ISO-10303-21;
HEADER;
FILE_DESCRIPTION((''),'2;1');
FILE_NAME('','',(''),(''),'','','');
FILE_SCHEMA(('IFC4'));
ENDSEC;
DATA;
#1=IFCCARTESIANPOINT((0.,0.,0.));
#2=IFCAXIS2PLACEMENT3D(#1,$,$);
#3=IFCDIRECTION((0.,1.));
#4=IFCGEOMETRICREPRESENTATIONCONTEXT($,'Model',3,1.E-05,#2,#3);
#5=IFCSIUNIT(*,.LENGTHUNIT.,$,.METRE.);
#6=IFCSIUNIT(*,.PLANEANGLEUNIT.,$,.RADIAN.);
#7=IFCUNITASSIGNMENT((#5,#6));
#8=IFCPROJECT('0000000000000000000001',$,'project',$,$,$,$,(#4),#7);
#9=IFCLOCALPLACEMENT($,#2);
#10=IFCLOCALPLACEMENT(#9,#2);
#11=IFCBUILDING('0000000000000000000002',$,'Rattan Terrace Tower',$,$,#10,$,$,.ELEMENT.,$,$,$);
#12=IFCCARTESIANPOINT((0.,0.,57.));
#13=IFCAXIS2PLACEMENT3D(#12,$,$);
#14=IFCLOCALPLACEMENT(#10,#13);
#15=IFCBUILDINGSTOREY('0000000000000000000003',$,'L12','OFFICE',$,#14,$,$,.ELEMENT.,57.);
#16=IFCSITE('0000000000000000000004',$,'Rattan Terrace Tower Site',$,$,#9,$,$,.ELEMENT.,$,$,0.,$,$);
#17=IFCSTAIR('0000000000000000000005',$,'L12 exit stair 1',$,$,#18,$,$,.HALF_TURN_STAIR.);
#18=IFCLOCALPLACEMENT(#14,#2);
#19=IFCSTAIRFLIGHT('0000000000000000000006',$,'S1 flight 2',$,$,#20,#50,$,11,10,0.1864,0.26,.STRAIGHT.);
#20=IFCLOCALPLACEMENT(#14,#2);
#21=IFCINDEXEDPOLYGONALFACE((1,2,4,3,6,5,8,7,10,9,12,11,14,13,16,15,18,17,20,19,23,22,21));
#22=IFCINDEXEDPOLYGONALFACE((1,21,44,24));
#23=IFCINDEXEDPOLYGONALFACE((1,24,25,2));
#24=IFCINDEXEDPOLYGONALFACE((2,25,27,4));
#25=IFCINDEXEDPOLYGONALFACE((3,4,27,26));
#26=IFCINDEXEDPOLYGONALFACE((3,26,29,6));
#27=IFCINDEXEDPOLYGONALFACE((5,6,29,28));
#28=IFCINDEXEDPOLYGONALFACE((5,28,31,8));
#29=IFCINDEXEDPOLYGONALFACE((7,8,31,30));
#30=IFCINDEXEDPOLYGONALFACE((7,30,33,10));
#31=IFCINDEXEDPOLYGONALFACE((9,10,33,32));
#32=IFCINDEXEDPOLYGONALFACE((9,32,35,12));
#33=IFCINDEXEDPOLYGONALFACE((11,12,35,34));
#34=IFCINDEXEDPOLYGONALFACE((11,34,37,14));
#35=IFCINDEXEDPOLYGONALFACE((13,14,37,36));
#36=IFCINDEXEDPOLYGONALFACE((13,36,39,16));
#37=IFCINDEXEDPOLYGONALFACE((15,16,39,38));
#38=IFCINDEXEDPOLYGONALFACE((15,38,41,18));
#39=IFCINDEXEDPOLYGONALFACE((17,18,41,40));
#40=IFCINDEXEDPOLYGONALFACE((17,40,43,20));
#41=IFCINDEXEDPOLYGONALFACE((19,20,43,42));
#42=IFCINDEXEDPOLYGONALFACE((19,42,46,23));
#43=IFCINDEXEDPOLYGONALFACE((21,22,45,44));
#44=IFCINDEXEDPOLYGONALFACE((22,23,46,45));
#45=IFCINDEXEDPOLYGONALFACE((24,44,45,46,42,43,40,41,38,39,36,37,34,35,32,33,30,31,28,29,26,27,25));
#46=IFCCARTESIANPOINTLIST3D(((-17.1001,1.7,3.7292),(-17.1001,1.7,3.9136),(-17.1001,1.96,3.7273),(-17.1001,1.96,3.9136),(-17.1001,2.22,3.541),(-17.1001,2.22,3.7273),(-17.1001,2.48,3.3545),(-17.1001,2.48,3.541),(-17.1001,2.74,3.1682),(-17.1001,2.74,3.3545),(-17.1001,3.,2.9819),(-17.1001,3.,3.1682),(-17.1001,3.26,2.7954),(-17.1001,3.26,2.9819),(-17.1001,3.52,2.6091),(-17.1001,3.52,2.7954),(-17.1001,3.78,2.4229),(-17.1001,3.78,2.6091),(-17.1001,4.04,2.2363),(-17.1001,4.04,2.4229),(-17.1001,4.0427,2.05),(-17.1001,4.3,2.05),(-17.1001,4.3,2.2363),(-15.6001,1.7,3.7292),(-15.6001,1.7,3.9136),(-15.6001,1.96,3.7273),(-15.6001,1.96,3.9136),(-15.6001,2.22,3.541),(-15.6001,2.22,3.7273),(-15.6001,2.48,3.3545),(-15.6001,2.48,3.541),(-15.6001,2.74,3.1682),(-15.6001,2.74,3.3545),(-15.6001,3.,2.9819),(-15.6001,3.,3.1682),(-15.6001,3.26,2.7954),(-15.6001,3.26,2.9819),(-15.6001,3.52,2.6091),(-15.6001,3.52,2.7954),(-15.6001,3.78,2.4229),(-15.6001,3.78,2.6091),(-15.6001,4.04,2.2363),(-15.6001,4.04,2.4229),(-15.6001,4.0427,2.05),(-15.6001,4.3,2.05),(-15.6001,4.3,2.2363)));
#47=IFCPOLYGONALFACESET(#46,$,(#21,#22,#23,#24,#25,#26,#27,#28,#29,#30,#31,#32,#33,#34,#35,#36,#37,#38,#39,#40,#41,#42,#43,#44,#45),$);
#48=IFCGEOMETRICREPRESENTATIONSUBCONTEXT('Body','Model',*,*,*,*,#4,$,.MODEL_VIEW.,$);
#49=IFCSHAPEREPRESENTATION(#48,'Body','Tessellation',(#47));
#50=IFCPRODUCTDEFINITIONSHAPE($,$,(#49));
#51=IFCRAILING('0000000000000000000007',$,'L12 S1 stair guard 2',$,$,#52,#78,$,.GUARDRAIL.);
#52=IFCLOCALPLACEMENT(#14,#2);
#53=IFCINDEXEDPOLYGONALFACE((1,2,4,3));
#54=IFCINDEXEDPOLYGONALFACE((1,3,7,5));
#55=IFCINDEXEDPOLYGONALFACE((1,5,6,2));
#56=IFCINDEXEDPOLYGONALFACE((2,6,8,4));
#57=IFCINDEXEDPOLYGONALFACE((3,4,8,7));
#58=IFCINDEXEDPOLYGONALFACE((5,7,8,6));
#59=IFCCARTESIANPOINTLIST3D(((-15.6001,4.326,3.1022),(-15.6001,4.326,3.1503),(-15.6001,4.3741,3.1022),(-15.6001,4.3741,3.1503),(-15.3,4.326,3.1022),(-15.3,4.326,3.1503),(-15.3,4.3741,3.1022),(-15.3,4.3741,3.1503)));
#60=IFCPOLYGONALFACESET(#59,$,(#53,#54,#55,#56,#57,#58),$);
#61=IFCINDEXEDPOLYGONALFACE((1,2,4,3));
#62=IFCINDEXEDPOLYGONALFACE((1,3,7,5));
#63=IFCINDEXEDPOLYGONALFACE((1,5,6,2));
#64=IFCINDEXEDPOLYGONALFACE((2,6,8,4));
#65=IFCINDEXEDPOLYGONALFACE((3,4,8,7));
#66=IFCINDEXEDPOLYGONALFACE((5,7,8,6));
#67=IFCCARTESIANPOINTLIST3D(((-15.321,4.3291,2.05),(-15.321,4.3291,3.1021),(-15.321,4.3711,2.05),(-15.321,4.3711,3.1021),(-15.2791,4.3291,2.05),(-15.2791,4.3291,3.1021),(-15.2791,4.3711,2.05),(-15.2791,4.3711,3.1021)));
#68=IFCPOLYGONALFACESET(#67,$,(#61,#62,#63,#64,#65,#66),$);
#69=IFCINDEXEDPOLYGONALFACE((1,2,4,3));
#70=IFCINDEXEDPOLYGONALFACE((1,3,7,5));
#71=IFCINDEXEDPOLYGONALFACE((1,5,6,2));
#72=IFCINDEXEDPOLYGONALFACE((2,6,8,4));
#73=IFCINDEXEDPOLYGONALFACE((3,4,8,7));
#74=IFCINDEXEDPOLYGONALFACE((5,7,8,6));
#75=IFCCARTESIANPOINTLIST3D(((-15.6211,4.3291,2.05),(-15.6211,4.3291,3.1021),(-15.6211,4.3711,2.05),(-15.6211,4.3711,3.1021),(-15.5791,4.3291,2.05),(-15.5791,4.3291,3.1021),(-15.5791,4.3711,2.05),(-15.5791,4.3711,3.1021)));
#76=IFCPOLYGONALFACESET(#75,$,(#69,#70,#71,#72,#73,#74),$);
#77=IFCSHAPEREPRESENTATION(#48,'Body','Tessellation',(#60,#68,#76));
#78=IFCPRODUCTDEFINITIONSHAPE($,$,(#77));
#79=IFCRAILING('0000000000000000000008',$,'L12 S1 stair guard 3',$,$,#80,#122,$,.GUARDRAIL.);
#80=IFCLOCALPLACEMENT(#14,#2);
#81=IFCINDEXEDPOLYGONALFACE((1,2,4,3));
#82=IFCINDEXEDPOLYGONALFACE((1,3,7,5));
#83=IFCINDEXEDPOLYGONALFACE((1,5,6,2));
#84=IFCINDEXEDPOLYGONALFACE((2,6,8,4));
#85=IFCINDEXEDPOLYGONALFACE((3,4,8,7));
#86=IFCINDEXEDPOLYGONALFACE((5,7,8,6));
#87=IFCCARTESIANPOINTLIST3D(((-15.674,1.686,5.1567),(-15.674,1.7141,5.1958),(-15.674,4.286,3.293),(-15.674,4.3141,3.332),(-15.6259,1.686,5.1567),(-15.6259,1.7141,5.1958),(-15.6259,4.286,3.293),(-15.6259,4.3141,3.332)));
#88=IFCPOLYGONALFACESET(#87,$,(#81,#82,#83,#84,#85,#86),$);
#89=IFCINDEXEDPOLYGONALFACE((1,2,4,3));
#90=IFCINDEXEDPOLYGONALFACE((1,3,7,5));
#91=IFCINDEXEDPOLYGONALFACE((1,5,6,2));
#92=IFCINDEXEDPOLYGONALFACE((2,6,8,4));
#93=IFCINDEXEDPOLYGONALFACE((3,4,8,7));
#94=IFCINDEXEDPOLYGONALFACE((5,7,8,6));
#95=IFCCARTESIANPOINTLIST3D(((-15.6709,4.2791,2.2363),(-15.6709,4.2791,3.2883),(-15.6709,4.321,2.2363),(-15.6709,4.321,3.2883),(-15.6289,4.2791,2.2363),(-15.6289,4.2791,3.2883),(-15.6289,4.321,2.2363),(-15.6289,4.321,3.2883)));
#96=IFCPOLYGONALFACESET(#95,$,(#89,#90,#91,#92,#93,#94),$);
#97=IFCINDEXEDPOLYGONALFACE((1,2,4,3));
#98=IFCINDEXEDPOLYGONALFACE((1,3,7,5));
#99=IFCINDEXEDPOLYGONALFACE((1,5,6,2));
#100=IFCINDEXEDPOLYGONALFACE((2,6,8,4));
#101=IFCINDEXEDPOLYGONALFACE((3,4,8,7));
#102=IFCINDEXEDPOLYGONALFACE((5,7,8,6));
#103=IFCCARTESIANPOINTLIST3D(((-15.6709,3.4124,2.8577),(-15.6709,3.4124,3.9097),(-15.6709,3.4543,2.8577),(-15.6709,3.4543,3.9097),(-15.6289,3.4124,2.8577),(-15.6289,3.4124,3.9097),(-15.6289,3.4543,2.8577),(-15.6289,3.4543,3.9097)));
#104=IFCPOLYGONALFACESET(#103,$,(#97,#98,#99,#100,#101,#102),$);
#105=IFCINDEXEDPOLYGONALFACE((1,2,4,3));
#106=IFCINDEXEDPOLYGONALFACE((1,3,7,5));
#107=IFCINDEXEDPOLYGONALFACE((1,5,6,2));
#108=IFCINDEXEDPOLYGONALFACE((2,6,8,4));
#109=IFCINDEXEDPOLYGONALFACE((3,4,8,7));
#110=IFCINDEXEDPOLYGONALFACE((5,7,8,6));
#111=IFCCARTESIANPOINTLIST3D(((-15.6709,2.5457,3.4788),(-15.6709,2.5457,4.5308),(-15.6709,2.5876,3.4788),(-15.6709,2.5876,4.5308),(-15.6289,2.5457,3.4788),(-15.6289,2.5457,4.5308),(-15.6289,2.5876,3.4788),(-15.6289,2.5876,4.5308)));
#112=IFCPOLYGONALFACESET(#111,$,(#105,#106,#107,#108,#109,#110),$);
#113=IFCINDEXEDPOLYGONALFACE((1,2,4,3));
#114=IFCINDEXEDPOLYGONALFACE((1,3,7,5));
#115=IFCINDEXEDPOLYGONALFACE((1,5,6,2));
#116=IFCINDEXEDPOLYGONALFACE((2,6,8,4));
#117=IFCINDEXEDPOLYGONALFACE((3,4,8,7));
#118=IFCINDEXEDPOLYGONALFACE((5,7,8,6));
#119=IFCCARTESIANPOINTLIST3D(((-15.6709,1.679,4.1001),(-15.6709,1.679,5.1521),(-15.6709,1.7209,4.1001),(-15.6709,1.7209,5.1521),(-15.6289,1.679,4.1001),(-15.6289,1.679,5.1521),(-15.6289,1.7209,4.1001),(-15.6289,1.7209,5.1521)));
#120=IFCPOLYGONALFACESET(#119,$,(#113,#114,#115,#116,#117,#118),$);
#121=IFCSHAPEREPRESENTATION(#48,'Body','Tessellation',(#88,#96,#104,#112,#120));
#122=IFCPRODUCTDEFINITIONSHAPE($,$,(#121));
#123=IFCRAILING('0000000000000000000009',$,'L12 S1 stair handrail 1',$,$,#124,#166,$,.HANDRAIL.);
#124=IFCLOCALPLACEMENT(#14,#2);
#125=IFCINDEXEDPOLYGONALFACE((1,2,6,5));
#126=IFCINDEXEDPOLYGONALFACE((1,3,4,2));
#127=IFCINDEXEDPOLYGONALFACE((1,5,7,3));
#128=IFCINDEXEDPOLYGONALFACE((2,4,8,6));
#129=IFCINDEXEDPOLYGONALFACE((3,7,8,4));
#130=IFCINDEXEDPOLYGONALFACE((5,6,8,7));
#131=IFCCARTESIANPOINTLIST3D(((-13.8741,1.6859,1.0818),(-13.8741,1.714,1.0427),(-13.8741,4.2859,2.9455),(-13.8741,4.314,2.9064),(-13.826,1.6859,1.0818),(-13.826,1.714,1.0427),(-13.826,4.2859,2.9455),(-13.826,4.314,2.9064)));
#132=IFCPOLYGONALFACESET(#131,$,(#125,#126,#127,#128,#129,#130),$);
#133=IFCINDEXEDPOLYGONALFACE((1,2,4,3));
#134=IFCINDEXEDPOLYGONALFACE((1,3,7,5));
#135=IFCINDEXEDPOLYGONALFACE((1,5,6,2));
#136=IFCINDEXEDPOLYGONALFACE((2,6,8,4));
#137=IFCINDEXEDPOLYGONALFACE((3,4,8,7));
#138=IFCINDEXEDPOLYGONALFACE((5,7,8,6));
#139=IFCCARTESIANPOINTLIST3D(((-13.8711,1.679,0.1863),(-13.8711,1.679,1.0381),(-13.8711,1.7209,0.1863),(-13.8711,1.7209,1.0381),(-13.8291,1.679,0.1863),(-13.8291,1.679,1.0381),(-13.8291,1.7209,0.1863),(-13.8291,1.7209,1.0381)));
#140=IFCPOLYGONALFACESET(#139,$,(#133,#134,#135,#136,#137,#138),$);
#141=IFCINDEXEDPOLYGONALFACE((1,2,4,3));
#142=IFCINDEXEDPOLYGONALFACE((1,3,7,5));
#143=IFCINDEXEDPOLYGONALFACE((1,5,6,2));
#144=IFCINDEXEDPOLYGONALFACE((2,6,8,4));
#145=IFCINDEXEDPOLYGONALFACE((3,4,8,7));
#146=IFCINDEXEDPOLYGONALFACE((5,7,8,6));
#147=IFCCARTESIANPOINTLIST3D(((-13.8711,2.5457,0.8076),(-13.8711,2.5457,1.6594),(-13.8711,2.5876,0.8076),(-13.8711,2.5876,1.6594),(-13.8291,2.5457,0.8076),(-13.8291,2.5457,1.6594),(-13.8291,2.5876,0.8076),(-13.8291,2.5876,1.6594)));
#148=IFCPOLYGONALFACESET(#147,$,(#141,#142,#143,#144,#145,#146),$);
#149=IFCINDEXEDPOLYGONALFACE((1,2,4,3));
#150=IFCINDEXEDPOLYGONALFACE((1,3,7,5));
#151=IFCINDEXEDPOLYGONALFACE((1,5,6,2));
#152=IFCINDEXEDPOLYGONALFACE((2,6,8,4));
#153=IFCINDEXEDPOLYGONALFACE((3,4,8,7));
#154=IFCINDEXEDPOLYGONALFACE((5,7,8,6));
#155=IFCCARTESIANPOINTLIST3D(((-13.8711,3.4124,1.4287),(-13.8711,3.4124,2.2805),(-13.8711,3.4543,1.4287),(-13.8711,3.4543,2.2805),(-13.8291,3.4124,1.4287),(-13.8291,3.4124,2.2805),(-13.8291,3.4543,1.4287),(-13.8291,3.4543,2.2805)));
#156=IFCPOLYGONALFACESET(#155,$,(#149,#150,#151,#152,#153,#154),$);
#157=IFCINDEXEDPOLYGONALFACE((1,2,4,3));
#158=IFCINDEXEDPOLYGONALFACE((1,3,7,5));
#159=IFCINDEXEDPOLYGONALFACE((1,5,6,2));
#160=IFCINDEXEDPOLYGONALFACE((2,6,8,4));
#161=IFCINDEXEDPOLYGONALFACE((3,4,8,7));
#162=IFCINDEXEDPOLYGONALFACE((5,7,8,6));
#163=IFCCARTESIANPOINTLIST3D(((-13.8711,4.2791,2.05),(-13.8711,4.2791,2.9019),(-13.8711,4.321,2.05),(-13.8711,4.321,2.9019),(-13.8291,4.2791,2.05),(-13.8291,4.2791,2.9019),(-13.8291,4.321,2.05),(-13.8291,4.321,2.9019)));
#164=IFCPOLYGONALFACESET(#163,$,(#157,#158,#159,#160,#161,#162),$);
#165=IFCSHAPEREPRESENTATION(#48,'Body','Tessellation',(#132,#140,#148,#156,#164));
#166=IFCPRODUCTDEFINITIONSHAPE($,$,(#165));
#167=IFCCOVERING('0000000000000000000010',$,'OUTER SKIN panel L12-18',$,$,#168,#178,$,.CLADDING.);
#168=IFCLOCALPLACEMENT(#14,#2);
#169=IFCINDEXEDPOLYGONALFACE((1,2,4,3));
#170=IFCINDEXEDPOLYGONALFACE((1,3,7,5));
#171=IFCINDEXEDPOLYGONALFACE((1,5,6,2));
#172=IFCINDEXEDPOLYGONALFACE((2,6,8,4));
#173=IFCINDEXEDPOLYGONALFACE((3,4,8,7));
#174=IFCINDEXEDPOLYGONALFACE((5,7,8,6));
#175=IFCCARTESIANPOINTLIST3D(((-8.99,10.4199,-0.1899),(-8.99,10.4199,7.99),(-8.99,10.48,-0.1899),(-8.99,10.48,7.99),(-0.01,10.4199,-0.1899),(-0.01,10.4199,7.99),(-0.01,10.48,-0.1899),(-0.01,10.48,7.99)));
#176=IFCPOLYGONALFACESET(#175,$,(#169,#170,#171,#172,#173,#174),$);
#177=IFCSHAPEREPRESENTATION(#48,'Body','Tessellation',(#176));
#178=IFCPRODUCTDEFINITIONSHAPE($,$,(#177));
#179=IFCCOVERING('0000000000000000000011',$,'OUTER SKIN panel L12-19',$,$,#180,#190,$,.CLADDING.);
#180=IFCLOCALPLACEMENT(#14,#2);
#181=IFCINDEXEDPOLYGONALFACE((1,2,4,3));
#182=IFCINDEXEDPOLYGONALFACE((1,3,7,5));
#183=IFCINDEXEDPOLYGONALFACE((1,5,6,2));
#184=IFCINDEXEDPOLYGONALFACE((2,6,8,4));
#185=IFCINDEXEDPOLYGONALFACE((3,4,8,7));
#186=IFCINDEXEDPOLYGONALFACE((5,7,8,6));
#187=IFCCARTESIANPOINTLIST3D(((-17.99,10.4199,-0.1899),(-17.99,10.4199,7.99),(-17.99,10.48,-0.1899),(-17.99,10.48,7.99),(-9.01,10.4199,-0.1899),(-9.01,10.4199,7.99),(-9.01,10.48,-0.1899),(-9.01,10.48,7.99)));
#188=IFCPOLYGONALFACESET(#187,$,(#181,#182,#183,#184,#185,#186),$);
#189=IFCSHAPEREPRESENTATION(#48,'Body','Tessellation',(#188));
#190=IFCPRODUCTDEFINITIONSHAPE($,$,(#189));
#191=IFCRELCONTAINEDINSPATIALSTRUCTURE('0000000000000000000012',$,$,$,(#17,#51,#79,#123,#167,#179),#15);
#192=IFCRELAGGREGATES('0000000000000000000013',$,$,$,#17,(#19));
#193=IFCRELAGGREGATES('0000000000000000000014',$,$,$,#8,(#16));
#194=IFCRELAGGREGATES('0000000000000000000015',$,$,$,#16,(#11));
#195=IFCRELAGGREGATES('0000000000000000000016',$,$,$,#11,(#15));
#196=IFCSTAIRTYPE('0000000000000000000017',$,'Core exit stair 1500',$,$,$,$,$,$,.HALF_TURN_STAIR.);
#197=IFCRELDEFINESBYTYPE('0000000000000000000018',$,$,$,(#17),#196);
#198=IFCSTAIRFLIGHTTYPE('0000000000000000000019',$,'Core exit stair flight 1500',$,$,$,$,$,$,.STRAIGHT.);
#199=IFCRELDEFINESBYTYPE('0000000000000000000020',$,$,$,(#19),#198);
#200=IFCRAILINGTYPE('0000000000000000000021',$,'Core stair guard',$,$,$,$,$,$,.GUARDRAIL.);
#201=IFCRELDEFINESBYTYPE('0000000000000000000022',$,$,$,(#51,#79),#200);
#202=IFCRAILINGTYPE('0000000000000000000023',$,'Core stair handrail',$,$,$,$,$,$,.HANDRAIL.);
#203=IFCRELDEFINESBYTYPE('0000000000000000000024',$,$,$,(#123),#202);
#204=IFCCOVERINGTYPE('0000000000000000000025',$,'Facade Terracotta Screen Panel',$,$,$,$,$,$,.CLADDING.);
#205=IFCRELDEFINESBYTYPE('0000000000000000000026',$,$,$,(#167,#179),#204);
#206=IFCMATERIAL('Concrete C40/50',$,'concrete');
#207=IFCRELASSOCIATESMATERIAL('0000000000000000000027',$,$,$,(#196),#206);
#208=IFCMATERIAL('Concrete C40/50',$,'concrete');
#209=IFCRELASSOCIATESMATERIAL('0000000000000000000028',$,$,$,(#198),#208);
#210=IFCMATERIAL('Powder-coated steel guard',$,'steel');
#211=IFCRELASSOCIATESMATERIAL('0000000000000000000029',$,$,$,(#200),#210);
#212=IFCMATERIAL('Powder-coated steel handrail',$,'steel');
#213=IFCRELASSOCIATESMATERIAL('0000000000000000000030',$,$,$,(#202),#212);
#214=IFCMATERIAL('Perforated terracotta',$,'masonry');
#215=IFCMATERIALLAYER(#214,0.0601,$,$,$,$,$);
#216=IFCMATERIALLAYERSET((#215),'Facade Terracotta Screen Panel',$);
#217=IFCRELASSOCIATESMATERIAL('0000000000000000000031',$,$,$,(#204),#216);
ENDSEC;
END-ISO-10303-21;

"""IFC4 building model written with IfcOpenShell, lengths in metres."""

from ifc_helpers import new_model, si_unit, direction, frame, origin, origin_2d, place, context, subcontext, project, spatial, polyline, rectangle, outline, extrude, material, layer, layer_set, type_object, element, aggregate, save


model = new_model("IFC4")

# Units and contexts
model_context = context("Model", 3, precision=1e-05, world=origin(), true_north=direction((0.0, 1.0)))
body_context = subcontext(model_context, "Body", "Model", "MODEL_VIEW")
ifc_project = project(units=[si_unit("LENGTHUNIT", "METRE"), si_unit("PLANEANGLEUNIT", "RADIAN")], contexts=[model_context])

# Site, building, storey
site_placement = place(None, origin())
site = spatial("IfcSite", under=ifc_project, at=site_placement, Name="Rattan Terrace Tower Site", CompositionType="ELEMENT", RefElevation=0.0)
building_placement = place(site_placement, origin())
building = spatial("IfcBuilding", under=site, at=building_placement, Name="Rattan Terrace Tower", CompositionType="ELEMENT")
storey_placement = place(building_placement, frame((0.0, 0.0, 57.0)))
storey = spatial("IfcBuildingStorey", under=building, at=storey_placement, Name="L12", Description="OFFICE", CompositionType="ELEMENT", Elevation=57.0)

# Stair, stair flight
ifc_material_1 = material(Name="Concrete C40/50", Category="concrete")
stair_type = type_object("IfcStairType", Name="Core exit stair 1500", PredefinedType="HALF_TURN_STAIR", material=ifc_material_1)
stair_placement = place(storey_placement, origin())
stair = element("IfcStair", 1, at=stair_placement, inside=storey, type_object=stair_type, Name="L12 exit stair 1", PredefinedType="HALF_TURN_STAIR")
ifc_material_2 = material(Name="Concrete C40/50", Category="concrete")
stair_flight_type = type_object("IfcStairFlightType", Name="Core exit stair flight 1500", PredefinedType="STRAIGHT", material=ifc_material_2)
stair_flight_placement = place(storey_placement, frame((-16.3501, 4.3, 2.05), z_axis=(0.0, 0.0, 1.0), x_axis=(0.0, -1.0, 0.0)))
stair_flight = element("IfcStairFlight", 2, at=stair_flight_placement, type_object=stair_flight_type, Name="S1 flight 2", NumberOfRisers=11, NumberOfTreads=10, PredefinedType="STRAIGHT", RiserHeight=0.1864, TreadLength=0.26, context=body_context, shape_type="SweptSolid", body=[
    extrude(outline(polyline([(0.0, 0.0), (0.0, 0.1863), (0.26, 0.1863), (0.26, 0.3728), (0.52, 0.3728), (0.52, 0.5591), (0.78, 0.5591), (0.78, 0.7454), (1.04, 0.7454), (1.04, 0.9319), (1.3, 0.9319), (1.3, 1.1182), (1.5601, 1.1182), (1.5601, 1.3044), (1.8201, 1.3044), (1.8201, 1.491), (2.0801, 1.491), (2.0801, 1.6772), (2.3401, 1.6772), (2.3401, 1.8635), (2.6001, 1.8635), (2.6001, 2.05), (2.6001, 1.6792), (0.2573, 0.0), (0.0, 0.0)])), frame((0.0, 0.75, 0.0), z_axis=(0.0, -1.0, 0.0), x_axis=(1.0, 0.0, 0.0)), (0.0, 0.0, 1.0), 1.5),
])
aggregate(stair, [stair_flight])

# Railings
ifc_material_3 = material(Name="Powder-coated steel guard", Category="steel")
railing_type_1 = type_object("IfcRailingType", Name="Core stair guard", PredefinedType="GUARDRAIL", material=ifc_material_3)
railing_1_placement = place(storey_placement, frame((-15.3, 4.3501, 2.05)))
element("IfcRailing", 3, at=railing_1_placement, inside=storey, type_object=railing_type_1, Name="L12 S1 stair guard 2", PredefinedType="GUARDRAIL", context=body_context, shape_type="SweptSolid", body=[
    extrude(rectangle(XDim=0.0481, YDim=0.0481, at=origin_2d()), frame((0.0, 0.0, 1.0762), z_axis=(-1.0, 0.0, 0.0), x_axis=(0.0, -1.0, 0.0)), (0.0, 0.0, 1.0), 0.3),
    extrude(rectangle(XDim=0.042, YDim=0.042, at=origin_2d()), origin(), (0.0, 0.0, 1.0), 1.052),
    extrude(rectangle(XDim=0.042, YDim=0.042, at=origin_2d()), frame((-0.3, 0.0, 0.0)), (0.0, 0.0, 1.0), 1.052),
])
railing_2_placement = place(storey_placement, frame((-15.6499, 4.3, 2.2363)))
element("IfcRailing", 4, at=railing_2_placement, inside=storey, type_object=railing_type_1, Name="L12 S1 stair guard 3", PredefinedType="GUARDRAIL", context=body_context, shape_type="SweptSolid", body=[
    extrude(rectangle(XDim=0.0481, YDim=0.0481, at=origin_2d()), frame((0.0, 0.0, 1.0762), z_axis=(0.0, -0.812763, 0.582595), x_axis=(1.0, 0.0, 0.0)), (0.0, 0.0, 1.0), 3.199),
    extrude(rectangle(XDim=0.042, YDim=0.042, at=origin_2d()), origin(), (0.0, 0.0, 1.0), 1.052),
    extrude(rectangle(XDim=0.042, YDim=0.042, at=origin_2d()), frame((0.0, -0.8667, 0.6213)), (0.0, 0.0, 1.0), 1.052),
    extrude(rectangle(XDim=0.042, YDim=0.042, at=origin_2d()), frame((0.0, -1.7334, 1.2424)), (0.0, 0.0, 1.0), 1.052),
    extrude(rectangle(XDim=0.042, YDim=0.042, at=origin_2d()), frame((0.0, -2.6001, 1.8638)), (0.0, 0.0, 1.0), 1.052),
])
ifc_material_4 = material(Name="Powder-coated steel handrail", Category="steel")
railing_type_2 = type_object("IfcRailingType", Name="Core stair handrail", PredefinedType="HANDRAIL", material=ifc_material_4)
railing_3_placement = place(storey_placement, frame((-13.8501, 1.7, 0.1863)))
element("IfcRailing", 5, at=railing_3_placement, inside=storey, type_object=railing_type_2, Name="L12 S1 stair handrail 1", PredefinedType="HANDRAIL", context=body_context, shape_type="SweptSolid", body=[
    extrude(rectangle(XDim=0.0481, YDim=0.0481, at=origin_2d()), frame((0.0, 0.0, 0.876), z_axis=(0.0, 0.812763, 0.582595), x_axis=(-1.0, 0.0, 0.0)), (0.0, 0.0, 1.0), 3.199),
    extrude(rectangle(XDim=0.042, YDim=0.042, at=origin_2d()), origin(), (0.0, 0.0, 1.0), 0.8518),
    extrude(rectangle(XDim=0.042, YDim=0.042, at=origin_2d()), frame((0.0, 0.8667, 0.6213)), (0.0, 0.0, 1.0), 0.8518),
    extrude(rectangle(XDim=0.042, YDim=0.042, at=origin_2d()), frame((0.0, 1.7334, 1.2424)), (0.0, 0.0, 1.0), 0.8518),
    extrude(rectangle(XDim=0.042, YDim=0.042, at=origin_2d()), frame((0.0, 2.6001, 1.8638)), (0.0, 0.0, 1.0), 0.8518),
])

# Coverings
ifc_material_5 = material(Name="Perforated terracotta", Category="masonry")
ifc_layer_1 = layer(ifc_material_5, 0.0601)
ifc_layer_set_1 = layer_set([ifc_layer_1], Name="Facade Terracotta Screen Panel")
covering_type = type_object("IfcCoveringType", Name="Facade Terracotta Screen Panel", PredefinedType="CLADDING", material=ifc_layer_set_1)
for number, where, z_axis, x_axis, name in (
    (6, (-4.5, 10.45, -0.1899), (0.0, 0.0, 1.0), (-1.0, 0.0, 0.0), "OUTER SKIN panel L12-18"),
    (7, (-13.5, 10.45, -0.1899), (0.0, 0.0, 1.0), (-1.0, 0.0, 0.0), "OUTER SKIN panel L12-19"),
):
    element("IfcCovering", number, at=place(storey_placement, frame(where, z_axis=z_axis, x_axis=x_axis)), inside=storey, type_object=covering_type, Name=name, PredefinedType="CLADDING", context=body_context, shape_type="SweptSolid", body=[
        extrude(rectangle(XDim=8.98, YDim=0.0601, at=origin_2d()), origin(), (0.0, 0.0, 1.0), 8.1799),
    ])

save(model, "model.ifc")
